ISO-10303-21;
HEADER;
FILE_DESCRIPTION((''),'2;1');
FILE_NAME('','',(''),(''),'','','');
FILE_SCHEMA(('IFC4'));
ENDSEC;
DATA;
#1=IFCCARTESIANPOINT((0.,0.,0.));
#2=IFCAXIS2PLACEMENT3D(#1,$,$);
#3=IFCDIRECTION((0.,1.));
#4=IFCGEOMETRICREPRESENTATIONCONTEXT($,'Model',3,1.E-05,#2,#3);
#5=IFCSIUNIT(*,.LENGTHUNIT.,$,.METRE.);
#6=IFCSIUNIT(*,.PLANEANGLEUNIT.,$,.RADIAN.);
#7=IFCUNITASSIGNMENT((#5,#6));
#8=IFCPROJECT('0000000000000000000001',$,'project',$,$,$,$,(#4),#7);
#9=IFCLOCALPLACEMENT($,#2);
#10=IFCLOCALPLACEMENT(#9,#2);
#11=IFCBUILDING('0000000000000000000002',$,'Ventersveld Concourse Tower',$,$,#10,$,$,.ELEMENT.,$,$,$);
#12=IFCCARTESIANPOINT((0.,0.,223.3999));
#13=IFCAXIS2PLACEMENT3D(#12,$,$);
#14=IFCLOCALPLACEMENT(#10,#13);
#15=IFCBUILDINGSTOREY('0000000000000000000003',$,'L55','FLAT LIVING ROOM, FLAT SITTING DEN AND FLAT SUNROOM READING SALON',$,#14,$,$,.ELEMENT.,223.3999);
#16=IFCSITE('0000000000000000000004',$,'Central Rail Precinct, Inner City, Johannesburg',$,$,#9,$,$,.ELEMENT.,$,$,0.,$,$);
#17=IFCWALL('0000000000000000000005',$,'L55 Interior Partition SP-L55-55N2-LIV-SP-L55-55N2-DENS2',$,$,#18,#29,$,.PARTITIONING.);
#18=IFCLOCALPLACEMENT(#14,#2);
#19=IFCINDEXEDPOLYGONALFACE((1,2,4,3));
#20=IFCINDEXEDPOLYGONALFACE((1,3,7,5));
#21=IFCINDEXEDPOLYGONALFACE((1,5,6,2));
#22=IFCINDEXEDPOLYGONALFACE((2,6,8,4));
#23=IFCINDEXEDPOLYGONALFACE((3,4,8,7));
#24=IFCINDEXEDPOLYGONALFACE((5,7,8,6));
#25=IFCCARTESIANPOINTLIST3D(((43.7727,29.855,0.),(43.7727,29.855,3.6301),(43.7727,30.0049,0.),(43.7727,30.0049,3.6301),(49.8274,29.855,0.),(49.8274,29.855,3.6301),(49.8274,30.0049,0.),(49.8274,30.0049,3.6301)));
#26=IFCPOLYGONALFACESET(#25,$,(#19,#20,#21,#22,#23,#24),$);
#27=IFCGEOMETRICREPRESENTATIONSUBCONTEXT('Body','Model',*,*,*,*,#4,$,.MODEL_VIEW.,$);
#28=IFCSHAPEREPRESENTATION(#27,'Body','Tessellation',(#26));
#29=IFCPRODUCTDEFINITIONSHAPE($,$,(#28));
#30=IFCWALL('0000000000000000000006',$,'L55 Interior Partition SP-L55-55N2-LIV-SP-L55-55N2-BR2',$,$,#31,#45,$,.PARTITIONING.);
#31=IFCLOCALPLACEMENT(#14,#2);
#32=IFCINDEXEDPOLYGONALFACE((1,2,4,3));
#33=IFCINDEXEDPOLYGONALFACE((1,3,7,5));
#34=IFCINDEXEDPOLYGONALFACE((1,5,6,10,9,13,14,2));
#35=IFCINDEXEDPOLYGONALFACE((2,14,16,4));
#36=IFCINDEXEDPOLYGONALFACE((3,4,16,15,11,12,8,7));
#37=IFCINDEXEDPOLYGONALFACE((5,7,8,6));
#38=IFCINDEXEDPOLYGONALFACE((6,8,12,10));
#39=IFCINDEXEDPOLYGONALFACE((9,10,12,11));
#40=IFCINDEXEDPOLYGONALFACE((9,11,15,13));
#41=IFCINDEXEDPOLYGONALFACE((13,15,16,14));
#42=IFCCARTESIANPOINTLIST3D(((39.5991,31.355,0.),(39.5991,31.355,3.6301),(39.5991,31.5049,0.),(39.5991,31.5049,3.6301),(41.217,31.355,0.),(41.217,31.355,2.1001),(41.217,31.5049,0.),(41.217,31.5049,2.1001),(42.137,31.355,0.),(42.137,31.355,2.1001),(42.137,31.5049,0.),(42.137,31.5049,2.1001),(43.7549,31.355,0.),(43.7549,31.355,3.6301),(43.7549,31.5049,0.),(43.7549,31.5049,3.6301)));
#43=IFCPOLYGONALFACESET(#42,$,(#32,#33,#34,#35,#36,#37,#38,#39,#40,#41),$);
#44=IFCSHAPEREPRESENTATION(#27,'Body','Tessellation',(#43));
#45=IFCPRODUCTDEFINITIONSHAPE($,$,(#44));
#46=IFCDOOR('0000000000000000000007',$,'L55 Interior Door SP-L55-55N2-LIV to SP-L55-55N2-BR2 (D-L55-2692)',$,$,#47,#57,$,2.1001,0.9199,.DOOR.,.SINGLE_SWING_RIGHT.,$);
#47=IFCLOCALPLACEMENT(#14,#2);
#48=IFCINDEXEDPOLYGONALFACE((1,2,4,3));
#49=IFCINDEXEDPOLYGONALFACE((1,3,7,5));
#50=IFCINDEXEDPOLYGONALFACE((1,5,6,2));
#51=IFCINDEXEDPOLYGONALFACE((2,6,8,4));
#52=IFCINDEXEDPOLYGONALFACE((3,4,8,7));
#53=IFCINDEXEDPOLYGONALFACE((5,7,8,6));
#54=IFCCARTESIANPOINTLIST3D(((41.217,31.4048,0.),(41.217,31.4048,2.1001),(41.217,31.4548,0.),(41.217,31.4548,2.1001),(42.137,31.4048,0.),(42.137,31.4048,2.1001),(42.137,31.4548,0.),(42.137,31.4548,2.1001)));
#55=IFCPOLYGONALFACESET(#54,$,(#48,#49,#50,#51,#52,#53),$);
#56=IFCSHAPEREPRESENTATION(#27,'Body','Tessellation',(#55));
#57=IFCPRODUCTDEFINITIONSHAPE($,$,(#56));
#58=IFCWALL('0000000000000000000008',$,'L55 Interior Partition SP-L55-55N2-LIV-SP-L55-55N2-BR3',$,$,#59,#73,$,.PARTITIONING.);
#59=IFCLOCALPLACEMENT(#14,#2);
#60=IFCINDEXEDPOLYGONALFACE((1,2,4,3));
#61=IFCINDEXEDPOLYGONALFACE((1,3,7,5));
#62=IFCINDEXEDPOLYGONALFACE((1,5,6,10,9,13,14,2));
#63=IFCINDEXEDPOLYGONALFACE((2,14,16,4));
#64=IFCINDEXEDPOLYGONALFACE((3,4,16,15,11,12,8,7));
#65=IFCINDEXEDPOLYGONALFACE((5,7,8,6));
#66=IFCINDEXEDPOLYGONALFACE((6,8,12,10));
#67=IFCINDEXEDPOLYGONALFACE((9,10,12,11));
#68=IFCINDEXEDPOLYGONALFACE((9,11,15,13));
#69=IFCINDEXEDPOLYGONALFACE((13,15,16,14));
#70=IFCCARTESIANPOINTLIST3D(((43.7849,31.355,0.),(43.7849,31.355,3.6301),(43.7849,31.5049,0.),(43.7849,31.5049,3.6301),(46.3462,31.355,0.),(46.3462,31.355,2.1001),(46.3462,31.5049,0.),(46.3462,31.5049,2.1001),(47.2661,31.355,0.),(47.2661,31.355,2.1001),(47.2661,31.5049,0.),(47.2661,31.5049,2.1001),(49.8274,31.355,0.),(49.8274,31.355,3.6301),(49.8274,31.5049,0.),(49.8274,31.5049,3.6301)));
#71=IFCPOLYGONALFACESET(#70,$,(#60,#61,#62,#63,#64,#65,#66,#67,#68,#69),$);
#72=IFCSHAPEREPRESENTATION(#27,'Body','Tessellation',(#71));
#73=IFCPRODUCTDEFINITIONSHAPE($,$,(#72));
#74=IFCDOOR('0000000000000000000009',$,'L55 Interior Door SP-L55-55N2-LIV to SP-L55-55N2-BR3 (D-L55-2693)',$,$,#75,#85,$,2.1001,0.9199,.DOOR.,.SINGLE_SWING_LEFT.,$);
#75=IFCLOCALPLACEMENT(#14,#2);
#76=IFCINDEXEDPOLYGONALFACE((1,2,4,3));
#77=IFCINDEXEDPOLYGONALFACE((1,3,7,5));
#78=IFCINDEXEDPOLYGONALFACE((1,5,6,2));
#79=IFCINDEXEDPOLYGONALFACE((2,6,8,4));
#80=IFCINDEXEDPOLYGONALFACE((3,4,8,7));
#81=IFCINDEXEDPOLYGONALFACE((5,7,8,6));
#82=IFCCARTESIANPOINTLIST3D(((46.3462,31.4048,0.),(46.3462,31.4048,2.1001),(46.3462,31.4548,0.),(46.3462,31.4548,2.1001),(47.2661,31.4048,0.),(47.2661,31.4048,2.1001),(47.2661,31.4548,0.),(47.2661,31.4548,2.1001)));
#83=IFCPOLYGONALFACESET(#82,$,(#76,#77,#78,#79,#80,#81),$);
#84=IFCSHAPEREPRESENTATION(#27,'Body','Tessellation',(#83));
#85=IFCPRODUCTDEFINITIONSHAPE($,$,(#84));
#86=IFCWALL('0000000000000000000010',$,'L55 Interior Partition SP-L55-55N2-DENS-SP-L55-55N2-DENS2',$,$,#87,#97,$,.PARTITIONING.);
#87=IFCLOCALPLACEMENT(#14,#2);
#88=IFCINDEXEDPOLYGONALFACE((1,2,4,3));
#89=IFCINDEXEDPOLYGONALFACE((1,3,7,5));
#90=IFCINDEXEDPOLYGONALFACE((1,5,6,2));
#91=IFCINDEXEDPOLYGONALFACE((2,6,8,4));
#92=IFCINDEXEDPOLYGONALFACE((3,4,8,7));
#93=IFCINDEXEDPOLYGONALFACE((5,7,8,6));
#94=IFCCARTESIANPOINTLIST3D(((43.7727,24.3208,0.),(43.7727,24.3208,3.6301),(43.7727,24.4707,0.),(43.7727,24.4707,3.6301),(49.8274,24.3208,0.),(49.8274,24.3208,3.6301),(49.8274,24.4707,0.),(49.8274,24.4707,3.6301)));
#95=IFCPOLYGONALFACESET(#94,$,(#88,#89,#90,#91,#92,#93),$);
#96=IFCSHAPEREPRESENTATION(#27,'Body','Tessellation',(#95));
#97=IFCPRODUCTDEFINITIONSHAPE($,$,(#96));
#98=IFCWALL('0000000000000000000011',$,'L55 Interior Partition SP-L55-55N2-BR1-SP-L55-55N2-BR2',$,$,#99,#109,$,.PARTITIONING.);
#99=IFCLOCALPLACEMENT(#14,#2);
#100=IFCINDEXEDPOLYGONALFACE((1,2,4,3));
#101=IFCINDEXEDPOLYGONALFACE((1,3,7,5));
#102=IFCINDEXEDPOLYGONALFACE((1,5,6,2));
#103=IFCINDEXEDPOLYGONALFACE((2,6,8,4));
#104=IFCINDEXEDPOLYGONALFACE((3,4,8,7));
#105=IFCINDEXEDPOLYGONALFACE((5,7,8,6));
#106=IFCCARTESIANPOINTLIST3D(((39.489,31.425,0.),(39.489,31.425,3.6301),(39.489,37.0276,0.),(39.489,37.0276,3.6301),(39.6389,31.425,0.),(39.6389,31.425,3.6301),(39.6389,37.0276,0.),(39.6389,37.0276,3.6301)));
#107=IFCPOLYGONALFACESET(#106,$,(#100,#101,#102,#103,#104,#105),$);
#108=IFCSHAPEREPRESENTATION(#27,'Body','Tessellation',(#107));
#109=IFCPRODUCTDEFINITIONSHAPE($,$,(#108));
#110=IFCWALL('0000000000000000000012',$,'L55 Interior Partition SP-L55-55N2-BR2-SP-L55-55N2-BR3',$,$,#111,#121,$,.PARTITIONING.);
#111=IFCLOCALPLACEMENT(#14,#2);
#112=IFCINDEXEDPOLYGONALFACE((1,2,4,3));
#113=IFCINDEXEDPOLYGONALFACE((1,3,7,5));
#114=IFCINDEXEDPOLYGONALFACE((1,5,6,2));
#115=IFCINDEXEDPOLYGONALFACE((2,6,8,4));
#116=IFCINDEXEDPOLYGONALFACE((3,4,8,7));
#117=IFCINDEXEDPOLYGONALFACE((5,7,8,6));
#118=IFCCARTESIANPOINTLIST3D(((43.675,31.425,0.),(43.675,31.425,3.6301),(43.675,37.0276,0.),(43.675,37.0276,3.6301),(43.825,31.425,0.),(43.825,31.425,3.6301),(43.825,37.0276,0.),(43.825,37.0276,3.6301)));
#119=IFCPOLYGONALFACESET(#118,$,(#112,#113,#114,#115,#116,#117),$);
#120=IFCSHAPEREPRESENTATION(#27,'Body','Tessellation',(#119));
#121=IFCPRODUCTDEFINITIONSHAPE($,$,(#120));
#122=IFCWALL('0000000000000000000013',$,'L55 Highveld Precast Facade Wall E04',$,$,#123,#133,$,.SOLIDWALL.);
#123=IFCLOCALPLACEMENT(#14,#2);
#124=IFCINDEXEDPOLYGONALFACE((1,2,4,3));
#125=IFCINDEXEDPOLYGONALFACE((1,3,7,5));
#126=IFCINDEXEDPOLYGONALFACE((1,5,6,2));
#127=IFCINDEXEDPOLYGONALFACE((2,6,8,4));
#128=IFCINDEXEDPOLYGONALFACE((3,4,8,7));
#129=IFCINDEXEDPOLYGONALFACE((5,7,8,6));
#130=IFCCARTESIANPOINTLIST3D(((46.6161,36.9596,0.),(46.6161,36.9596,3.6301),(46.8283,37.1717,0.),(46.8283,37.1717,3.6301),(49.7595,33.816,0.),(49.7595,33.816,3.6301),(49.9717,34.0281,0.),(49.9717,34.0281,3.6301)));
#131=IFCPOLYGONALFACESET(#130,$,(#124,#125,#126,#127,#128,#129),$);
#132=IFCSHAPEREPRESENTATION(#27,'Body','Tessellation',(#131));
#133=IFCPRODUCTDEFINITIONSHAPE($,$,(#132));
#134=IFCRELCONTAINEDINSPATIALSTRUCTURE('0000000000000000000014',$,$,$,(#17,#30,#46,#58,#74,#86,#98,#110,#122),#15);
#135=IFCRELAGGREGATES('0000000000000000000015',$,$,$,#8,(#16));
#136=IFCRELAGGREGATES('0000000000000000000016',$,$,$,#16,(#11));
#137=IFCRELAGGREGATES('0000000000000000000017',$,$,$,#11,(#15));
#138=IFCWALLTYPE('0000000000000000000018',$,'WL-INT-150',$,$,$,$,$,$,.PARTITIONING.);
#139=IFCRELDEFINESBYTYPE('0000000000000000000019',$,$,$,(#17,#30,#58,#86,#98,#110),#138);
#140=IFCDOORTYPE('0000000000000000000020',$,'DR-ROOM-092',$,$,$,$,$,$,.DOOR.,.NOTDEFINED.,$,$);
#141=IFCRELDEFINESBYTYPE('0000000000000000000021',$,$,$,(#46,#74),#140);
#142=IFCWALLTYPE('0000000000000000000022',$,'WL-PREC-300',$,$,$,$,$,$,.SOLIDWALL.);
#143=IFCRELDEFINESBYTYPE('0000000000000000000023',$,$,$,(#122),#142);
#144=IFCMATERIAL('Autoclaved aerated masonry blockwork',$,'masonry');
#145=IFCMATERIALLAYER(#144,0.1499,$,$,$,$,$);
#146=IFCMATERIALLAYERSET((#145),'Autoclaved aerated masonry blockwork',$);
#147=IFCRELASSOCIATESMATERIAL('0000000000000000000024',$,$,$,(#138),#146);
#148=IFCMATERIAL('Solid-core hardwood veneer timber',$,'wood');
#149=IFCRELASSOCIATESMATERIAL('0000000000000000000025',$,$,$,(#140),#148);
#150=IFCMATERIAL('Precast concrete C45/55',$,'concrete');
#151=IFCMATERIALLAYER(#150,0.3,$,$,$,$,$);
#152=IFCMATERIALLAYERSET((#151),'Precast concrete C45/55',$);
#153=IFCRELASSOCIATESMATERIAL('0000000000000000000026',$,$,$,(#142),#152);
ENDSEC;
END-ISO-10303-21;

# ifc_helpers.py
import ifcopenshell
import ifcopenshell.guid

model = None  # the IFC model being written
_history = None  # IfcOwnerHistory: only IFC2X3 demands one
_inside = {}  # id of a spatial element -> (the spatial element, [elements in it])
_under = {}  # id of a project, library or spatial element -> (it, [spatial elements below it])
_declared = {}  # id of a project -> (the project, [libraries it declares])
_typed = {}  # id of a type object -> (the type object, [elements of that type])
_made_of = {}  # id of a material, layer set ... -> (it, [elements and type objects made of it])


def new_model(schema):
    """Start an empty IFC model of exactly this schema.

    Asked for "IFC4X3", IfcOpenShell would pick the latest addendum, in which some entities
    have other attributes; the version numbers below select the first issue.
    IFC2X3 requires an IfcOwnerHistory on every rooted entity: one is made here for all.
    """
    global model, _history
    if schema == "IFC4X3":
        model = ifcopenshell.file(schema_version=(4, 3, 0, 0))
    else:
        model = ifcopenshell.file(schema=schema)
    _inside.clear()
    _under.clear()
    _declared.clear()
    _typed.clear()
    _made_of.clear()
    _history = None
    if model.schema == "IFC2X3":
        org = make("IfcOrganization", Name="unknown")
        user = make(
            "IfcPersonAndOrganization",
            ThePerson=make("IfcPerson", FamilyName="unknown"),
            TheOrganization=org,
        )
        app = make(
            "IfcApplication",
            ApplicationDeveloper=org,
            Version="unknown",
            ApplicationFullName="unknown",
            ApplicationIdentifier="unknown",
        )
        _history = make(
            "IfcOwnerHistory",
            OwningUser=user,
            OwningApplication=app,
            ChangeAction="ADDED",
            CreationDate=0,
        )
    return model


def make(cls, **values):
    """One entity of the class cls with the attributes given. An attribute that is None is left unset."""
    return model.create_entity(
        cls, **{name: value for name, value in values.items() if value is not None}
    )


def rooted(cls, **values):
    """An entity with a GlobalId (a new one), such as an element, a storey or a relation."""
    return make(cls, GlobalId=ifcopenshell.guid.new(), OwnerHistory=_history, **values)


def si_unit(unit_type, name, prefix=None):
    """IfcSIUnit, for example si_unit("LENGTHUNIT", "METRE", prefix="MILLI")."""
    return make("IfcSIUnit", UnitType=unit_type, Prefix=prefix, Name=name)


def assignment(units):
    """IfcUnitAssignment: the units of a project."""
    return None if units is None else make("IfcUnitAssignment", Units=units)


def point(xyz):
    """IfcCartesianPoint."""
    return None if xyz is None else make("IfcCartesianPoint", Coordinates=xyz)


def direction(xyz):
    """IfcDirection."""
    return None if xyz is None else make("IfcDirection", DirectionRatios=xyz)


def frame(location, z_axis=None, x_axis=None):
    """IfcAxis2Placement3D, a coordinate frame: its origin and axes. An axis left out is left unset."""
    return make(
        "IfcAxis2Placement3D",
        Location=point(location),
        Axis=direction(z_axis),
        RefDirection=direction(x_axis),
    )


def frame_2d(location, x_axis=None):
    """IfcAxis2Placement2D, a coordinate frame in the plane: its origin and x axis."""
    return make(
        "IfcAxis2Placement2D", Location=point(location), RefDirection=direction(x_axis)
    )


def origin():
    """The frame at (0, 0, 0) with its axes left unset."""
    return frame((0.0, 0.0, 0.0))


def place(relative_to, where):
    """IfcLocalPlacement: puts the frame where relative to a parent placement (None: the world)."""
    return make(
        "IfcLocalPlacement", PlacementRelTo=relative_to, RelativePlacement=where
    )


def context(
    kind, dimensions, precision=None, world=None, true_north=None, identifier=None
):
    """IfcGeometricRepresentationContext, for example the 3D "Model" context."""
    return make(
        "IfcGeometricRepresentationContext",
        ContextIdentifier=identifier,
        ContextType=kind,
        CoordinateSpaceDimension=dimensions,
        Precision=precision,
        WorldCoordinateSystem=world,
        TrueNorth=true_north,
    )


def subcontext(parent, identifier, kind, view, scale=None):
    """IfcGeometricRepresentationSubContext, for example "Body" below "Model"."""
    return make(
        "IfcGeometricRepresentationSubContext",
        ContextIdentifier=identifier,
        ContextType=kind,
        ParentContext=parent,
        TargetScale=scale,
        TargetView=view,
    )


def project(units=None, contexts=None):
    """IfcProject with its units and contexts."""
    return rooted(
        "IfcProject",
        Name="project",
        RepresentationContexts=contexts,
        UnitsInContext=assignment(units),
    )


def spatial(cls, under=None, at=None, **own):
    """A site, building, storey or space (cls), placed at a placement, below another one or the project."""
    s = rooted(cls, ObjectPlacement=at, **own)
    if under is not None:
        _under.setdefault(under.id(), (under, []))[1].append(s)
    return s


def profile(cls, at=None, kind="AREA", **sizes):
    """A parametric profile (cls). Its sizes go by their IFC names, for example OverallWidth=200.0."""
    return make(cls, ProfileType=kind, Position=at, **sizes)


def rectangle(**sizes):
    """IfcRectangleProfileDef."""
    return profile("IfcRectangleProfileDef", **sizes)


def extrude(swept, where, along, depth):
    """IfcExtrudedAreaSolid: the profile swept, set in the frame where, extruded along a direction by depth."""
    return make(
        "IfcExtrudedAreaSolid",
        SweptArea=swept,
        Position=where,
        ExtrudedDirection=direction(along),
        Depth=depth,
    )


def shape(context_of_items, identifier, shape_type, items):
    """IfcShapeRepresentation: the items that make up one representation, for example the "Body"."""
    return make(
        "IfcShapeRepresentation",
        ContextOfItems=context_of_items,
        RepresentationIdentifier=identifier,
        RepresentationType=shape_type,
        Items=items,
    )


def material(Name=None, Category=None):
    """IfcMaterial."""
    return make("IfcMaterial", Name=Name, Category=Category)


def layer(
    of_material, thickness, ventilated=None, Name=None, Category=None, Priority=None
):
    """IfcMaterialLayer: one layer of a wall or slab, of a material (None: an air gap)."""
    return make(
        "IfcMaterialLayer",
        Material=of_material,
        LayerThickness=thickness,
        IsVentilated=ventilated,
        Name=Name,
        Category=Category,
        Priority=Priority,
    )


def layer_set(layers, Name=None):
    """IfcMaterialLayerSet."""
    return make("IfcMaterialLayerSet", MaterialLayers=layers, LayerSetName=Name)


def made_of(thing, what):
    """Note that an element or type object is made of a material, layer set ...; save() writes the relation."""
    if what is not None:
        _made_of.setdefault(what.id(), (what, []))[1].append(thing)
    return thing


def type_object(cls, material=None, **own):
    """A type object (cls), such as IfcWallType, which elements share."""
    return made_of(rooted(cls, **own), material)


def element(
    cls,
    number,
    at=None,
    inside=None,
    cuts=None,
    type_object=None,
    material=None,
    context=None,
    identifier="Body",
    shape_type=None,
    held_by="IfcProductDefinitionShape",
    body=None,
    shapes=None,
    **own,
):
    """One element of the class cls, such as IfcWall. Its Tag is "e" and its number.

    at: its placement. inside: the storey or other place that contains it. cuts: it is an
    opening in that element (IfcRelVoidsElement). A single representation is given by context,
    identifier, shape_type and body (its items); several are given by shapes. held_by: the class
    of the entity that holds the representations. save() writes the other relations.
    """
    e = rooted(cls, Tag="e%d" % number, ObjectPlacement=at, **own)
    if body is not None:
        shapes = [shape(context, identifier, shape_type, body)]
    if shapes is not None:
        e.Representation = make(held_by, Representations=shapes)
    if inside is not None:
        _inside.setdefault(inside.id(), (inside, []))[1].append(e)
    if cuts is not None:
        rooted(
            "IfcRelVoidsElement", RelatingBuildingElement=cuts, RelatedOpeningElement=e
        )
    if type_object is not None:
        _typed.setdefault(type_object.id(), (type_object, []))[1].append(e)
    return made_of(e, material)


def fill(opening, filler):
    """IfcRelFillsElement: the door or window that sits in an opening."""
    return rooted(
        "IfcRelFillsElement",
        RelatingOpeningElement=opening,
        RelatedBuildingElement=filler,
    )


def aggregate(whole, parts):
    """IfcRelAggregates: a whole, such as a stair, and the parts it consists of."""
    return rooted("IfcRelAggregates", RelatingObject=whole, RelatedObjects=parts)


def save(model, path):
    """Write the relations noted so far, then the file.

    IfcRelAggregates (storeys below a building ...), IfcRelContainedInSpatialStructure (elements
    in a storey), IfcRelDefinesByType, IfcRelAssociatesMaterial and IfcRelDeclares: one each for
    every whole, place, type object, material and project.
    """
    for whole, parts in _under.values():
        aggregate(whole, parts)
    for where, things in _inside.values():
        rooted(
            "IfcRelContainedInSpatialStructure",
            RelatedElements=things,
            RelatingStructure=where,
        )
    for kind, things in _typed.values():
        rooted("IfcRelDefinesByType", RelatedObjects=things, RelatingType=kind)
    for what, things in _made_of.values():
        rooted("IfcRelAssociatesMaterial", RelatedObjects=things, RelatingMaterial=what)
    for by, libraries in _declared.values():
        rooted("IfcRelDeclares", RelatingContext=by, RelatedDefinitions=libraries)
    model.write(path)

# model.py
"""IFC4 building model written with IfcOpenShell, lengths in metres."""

from ifc_helpers import new_model, si_unit, direction, frame, frame_2d, origin, place, context, subcontext, project, spatial, rectangle, extrude, material, layer, layer_set, type_object, element, fill, save


model = new_model("IFC4")

# Units and contexts
model_context = context("Model", 3, precision=1e-05, world=origin(), true_north=direction((0.0, 1.0)))
body_context = subcontext(model_context, "Body", "Model", "MODEL_VIEW")
ifc_project = project(units=[si_unit("LENGTHUNIT", "METRE"), si_unit("PLANEANGLEUNIT", "RADIAN")], contexts=[model_context])

# Site, building, storey
site_placement = place(None, origin())
site = spatial("IfcSite", under=ifc_project, at=site_placement, Name="Central Rail Precinct, Inner City, Johannesburg", CompositionType="ELEMENT", RefElevation=0.0)
building_placement = place(site_placement, origin())
building = spatial("IfcBuilding", under=site, at=building_placement, Name="Ventersveld Concourse Tower", CompositionType="ELEMENT")
storey_placement = place(building_placement, frame((0.0, 0.0, 223.3999)))
storey = spatial("IfcBuildingStorey", under=building, at=storey_placement, Name="L55", Description="FLAT LIVING ROOM, FLAT SITTING DEN AND FLAT SUNROOM READING SALON", CompositionType="ELEMENT", Elevation=223.3999)

# Shared definitions
ifc_material_1 = material(Name="Autoclaved aerated masonry blockwork", Category="masonry")
ifc_layer_1 = layer(ifc_material_1, 0.1499)
ifc_layer_set_1 = layer_set([ifc_layer_1], Name="Autoclaved aerated masonry blockwork")
wall_type_1 = type_object("IfcWallType", Name="WL-INT-150", PredefinedType="PARTITIONING", material=ifc_layer_set_1)
ifc_material_2 = material(Name="Solid-core hardwood veneer timber", Category="wood")
door_type = type_object("IfcDoorType", Name="DR-ROOM-092", OperationType="NOTDEFINED", PredefinedType="DOOR", material=ifc_material_2)

# Wall
wall_1_placement = place(storey_placement, frame((43.7727, 29.9299, 0.0), z_axis=(0.0, 0.0, 1.0), x_axis=(1.0, 0.0, 0.0)))
element("IfcWall", 1, at=wall_1_placement, inside=storey, type_object=wall_type_1, Name="L55 Interior Partition SP-L55-55N2-LIV-SP-L55-55N2-DENS2", PredefinedType="PARTITIONING", context=body_context, shape_type="SweptSolid", body=[
    extrude(rectangle(XDim=6.0547, YDim=0.1499, at=frame_2d((3.0273, 0.0))), origin(), (0.0, 0.0, 1.0), 3.6301),
])

# Walls, openings, doors
wall_2_placement = place(storey_placement, frame((39.5991, 31.4299, 0.0), z_axis=(0.0, 0.0, 1.0), x_axis=(1.0, 0.0, 0.0)))
wall_2 = element("IfcWall", 2, at=wall_2_placement, inside=storey, type_object=wall_type_1, Name="L55 Interior Partition SP-L55-55N2-LIV-SP-L55-55N2-BR2", PredefinedType="PARTITIONING", context=body_context, shape_type="SweptSolid", body=[
    extrude(rectangle(XDim=4.1558, YDim=0.1499, at=frame_2d((2.0779, 0.0))), origin(), (0.0, 0.0, 1.0), 3.6301),
])
opening_1_placement = place(wall_2_placement, frame((1.6179, 0.0, 0.0)))
opening_1 = element("IfcOpeningElement", 3, at=opening_1_placement, cuts=wall_2, PredefinedType="OPENING", context=body_context, shape_type="SweptSolid", body=[
    extrude(rectangle(XDim=0.9199, YDim=2.1001, at=frame_2d((0.46, 1.05))), frame((0.0, 0.085, 0.0), z_axis=(0.0, -1.0, 0.0), x_axis=(1.0, 0.0, 0.0)), (0.0, 0.0, 1.0), 0.1699),
])
door_1_placement = place(opening_1_placement, origin())
door_1 = element("IfcDoor", 4, at=door_1_placement, inside=storey, type_object=door_type, Name="L55 Interior Door SP-L55-55N2-LIV to SP-L55-55N2-BR2 (D-L55-2692)", OperationType="SINGLE_SWING_RIGHT", OverallHeight=2.1001, OverallWidth=0.9199, PredefinedType="DOOR", context=body_context, shape_type="SweptSolid", body=[
    extrude(rectangle(XDim=0.9199, YDim=2.1001, at=frame_2d((0.46, 1.05))), frame((0.0, 0.0249, 0.0), z_axis=(0.0, -1.0, 0.0), x_axis=(1.0, 0.0, 0.0)), (0.0, 0.0, 1.0), 0.05),
])
fill(opening_1, door_1)
wall_3_placement = place(storey_placement, frame((43.7849, 31.4299, 0.0), z_axis=(0.0, 0.0, 1.0), x_axis=(1.0, 0.0, 0.0)))
wall_3 = element("IfcWall", 5, at=wall_3_placement, inside=storey, type_object=wall_type_1, Name="L55 Interior Partition SP-L55-55N2-LIV-SP-L55-55N2-BR3", PredefinedType="PARTITIONING", context=body_context, shape_type="SweptSolid", body=[
    extrude(rectangle(XDim=6.0425, YDim=0.1499, at=frame_2d((3.0212, 0.0))), origin(), (0.0, 0.0, 1.0), 3.6301),
])
opening_2_placement = place(wall_3_placement, frame((2.5613, 0.0, 0.0)))
opening_2 = element("IfcOpeningElement", 6, at=opening_2_placement, cuts=wall_3, PredefinedType="OPENING", context=body_context, shape_type="SweptSolid", body=[
    extrude(rectangle(XDim=0.9199, YDim=2.1001, at=frame_2d((0.46, 1.05))), frame((0.0, 0.085, 0.0), z_axis=(0.0, -1.0, 0.0), x_axis=(1.0, 0.0, 0.0)), (0.0, 0.0, 1.0), 0.1699),
])
door_2_placement = place(opening_2_placement, origin())
door_2 = element("IfcDoor", 7, at=door_2_placement, inside=storey, type_object=door_type, Name="L55 Interior Door SP-L55-55N2-LIV to SP-L55-55N2-BR3 (D-L55-2693)", OperationType="SINGLE_SWING_LEFT", OverallHeight=2.1001, OverallWidth=0.9199, PredefinedType="DOOR", context=body_context, shape_type="SweptSolid", body=[
    extrude(rectangle(XDim=0.9199, YDim=2.1001, at=frame_2d((0.46, 1.05))), frame((0.0, 0.0249, 0.0), z_axis=(0.0, -1.0, 0.0), x_axis=(1.0, 0.0, 0.0)), (0.0, 0.0, 1.0), 0.05),
])
fill(opening_2, door_2)

# Walls
wall_4_placement = place(storey_placement, frame((43.7727, 24.3958, 0.0), z_axis=(0.0, 0.0, 1.0), x_axis=(1.0, 0.0, 0.0)))
element("IfcWall", 8, at=wall_4_placement, inside=storey, type_object=wall_type_1, Name="L55 Interior Partition SP-L55-55N2-DENS-SP-L55-55N2-DENS2", PredefinedType="PARTITIONING", context=body_context, shape_type="SweptSolid", body=[
    extrude(rectangle(XDim=6.0547, YDim=0.1499, at=frame_2d((3.0273, 0.0))), origin(), (0.0, 0.0, 1.0), 3.6301),
])
for number, where, z_axis, x_axis, name in (
    (9, (39.564, 31.425, 0.0), (0.0, 0.0, 1.0), (0.0, 1.0, 0.0), "L55 Interior Partition SP-L55-55N2-BR1-SP-L55-55N2-BR2"),
    (10, (43.75, 31.425, 0.0), (0.0, 0.0, 1.0), (0.0, 1.0, 0.0), "L55 Interior Partition SP-L55-55N2-BR2-SP-L55-55N2-BR3"),
):
    element("IfcWall", number, at=place(storey_placement, frame(where, z_axis=z_axis, x_axis=x_axis)), inside=storey, type_object=wall_type_1, Name=name, PredefinedType="PARTITIONING", context=body_context, shape_type="SweptSolid", body=[
        extrude(rectangle(XDim=5.6025, YDim=0.1499, at=frame_2d((2.8013, 0.0))), origin(), (0.0, 0.0, 1.0), 3.6301),
    ])
ifc_material_3 = material(Name="Precast concrete C45/55", Category="concrete")
ifc_layer_2 = layer(ifc_material_3, 0.3)
ifc_layer_set_2 = layer_set([ifc_layer_2], Name="Precast concrete C45/55")
wall_type_2 = type_object("IfcWallType", Name="WL-PREC-300", PredefinedType="SOLIDWALL", material=ifc_layer_set_2)
wall_5_placement = place(storey_placement, frame((49.8655, 33.9221, 0.0), z_axis=(0.0, 0.0, 1.0), x_axis=(-0.707079, 0.707134, 0.0)))
element("IfcWall", 11, at=wall_5_placement, inside=storey, type_object=wall_type_2, Name="L55 Highveld Precast Facade Wall E04", PredefinedType="SOLIDWALL", context=body_context, shape_type="SweptSolid", body=[
    extrude(rectangle(XDim=4.4456, YDim=0.3, at=frame_2d((2.2227, 0.0))), origin(), (0.0, 0.0, 1.0), 3.6301),
])

save(model, "model.ifc")
